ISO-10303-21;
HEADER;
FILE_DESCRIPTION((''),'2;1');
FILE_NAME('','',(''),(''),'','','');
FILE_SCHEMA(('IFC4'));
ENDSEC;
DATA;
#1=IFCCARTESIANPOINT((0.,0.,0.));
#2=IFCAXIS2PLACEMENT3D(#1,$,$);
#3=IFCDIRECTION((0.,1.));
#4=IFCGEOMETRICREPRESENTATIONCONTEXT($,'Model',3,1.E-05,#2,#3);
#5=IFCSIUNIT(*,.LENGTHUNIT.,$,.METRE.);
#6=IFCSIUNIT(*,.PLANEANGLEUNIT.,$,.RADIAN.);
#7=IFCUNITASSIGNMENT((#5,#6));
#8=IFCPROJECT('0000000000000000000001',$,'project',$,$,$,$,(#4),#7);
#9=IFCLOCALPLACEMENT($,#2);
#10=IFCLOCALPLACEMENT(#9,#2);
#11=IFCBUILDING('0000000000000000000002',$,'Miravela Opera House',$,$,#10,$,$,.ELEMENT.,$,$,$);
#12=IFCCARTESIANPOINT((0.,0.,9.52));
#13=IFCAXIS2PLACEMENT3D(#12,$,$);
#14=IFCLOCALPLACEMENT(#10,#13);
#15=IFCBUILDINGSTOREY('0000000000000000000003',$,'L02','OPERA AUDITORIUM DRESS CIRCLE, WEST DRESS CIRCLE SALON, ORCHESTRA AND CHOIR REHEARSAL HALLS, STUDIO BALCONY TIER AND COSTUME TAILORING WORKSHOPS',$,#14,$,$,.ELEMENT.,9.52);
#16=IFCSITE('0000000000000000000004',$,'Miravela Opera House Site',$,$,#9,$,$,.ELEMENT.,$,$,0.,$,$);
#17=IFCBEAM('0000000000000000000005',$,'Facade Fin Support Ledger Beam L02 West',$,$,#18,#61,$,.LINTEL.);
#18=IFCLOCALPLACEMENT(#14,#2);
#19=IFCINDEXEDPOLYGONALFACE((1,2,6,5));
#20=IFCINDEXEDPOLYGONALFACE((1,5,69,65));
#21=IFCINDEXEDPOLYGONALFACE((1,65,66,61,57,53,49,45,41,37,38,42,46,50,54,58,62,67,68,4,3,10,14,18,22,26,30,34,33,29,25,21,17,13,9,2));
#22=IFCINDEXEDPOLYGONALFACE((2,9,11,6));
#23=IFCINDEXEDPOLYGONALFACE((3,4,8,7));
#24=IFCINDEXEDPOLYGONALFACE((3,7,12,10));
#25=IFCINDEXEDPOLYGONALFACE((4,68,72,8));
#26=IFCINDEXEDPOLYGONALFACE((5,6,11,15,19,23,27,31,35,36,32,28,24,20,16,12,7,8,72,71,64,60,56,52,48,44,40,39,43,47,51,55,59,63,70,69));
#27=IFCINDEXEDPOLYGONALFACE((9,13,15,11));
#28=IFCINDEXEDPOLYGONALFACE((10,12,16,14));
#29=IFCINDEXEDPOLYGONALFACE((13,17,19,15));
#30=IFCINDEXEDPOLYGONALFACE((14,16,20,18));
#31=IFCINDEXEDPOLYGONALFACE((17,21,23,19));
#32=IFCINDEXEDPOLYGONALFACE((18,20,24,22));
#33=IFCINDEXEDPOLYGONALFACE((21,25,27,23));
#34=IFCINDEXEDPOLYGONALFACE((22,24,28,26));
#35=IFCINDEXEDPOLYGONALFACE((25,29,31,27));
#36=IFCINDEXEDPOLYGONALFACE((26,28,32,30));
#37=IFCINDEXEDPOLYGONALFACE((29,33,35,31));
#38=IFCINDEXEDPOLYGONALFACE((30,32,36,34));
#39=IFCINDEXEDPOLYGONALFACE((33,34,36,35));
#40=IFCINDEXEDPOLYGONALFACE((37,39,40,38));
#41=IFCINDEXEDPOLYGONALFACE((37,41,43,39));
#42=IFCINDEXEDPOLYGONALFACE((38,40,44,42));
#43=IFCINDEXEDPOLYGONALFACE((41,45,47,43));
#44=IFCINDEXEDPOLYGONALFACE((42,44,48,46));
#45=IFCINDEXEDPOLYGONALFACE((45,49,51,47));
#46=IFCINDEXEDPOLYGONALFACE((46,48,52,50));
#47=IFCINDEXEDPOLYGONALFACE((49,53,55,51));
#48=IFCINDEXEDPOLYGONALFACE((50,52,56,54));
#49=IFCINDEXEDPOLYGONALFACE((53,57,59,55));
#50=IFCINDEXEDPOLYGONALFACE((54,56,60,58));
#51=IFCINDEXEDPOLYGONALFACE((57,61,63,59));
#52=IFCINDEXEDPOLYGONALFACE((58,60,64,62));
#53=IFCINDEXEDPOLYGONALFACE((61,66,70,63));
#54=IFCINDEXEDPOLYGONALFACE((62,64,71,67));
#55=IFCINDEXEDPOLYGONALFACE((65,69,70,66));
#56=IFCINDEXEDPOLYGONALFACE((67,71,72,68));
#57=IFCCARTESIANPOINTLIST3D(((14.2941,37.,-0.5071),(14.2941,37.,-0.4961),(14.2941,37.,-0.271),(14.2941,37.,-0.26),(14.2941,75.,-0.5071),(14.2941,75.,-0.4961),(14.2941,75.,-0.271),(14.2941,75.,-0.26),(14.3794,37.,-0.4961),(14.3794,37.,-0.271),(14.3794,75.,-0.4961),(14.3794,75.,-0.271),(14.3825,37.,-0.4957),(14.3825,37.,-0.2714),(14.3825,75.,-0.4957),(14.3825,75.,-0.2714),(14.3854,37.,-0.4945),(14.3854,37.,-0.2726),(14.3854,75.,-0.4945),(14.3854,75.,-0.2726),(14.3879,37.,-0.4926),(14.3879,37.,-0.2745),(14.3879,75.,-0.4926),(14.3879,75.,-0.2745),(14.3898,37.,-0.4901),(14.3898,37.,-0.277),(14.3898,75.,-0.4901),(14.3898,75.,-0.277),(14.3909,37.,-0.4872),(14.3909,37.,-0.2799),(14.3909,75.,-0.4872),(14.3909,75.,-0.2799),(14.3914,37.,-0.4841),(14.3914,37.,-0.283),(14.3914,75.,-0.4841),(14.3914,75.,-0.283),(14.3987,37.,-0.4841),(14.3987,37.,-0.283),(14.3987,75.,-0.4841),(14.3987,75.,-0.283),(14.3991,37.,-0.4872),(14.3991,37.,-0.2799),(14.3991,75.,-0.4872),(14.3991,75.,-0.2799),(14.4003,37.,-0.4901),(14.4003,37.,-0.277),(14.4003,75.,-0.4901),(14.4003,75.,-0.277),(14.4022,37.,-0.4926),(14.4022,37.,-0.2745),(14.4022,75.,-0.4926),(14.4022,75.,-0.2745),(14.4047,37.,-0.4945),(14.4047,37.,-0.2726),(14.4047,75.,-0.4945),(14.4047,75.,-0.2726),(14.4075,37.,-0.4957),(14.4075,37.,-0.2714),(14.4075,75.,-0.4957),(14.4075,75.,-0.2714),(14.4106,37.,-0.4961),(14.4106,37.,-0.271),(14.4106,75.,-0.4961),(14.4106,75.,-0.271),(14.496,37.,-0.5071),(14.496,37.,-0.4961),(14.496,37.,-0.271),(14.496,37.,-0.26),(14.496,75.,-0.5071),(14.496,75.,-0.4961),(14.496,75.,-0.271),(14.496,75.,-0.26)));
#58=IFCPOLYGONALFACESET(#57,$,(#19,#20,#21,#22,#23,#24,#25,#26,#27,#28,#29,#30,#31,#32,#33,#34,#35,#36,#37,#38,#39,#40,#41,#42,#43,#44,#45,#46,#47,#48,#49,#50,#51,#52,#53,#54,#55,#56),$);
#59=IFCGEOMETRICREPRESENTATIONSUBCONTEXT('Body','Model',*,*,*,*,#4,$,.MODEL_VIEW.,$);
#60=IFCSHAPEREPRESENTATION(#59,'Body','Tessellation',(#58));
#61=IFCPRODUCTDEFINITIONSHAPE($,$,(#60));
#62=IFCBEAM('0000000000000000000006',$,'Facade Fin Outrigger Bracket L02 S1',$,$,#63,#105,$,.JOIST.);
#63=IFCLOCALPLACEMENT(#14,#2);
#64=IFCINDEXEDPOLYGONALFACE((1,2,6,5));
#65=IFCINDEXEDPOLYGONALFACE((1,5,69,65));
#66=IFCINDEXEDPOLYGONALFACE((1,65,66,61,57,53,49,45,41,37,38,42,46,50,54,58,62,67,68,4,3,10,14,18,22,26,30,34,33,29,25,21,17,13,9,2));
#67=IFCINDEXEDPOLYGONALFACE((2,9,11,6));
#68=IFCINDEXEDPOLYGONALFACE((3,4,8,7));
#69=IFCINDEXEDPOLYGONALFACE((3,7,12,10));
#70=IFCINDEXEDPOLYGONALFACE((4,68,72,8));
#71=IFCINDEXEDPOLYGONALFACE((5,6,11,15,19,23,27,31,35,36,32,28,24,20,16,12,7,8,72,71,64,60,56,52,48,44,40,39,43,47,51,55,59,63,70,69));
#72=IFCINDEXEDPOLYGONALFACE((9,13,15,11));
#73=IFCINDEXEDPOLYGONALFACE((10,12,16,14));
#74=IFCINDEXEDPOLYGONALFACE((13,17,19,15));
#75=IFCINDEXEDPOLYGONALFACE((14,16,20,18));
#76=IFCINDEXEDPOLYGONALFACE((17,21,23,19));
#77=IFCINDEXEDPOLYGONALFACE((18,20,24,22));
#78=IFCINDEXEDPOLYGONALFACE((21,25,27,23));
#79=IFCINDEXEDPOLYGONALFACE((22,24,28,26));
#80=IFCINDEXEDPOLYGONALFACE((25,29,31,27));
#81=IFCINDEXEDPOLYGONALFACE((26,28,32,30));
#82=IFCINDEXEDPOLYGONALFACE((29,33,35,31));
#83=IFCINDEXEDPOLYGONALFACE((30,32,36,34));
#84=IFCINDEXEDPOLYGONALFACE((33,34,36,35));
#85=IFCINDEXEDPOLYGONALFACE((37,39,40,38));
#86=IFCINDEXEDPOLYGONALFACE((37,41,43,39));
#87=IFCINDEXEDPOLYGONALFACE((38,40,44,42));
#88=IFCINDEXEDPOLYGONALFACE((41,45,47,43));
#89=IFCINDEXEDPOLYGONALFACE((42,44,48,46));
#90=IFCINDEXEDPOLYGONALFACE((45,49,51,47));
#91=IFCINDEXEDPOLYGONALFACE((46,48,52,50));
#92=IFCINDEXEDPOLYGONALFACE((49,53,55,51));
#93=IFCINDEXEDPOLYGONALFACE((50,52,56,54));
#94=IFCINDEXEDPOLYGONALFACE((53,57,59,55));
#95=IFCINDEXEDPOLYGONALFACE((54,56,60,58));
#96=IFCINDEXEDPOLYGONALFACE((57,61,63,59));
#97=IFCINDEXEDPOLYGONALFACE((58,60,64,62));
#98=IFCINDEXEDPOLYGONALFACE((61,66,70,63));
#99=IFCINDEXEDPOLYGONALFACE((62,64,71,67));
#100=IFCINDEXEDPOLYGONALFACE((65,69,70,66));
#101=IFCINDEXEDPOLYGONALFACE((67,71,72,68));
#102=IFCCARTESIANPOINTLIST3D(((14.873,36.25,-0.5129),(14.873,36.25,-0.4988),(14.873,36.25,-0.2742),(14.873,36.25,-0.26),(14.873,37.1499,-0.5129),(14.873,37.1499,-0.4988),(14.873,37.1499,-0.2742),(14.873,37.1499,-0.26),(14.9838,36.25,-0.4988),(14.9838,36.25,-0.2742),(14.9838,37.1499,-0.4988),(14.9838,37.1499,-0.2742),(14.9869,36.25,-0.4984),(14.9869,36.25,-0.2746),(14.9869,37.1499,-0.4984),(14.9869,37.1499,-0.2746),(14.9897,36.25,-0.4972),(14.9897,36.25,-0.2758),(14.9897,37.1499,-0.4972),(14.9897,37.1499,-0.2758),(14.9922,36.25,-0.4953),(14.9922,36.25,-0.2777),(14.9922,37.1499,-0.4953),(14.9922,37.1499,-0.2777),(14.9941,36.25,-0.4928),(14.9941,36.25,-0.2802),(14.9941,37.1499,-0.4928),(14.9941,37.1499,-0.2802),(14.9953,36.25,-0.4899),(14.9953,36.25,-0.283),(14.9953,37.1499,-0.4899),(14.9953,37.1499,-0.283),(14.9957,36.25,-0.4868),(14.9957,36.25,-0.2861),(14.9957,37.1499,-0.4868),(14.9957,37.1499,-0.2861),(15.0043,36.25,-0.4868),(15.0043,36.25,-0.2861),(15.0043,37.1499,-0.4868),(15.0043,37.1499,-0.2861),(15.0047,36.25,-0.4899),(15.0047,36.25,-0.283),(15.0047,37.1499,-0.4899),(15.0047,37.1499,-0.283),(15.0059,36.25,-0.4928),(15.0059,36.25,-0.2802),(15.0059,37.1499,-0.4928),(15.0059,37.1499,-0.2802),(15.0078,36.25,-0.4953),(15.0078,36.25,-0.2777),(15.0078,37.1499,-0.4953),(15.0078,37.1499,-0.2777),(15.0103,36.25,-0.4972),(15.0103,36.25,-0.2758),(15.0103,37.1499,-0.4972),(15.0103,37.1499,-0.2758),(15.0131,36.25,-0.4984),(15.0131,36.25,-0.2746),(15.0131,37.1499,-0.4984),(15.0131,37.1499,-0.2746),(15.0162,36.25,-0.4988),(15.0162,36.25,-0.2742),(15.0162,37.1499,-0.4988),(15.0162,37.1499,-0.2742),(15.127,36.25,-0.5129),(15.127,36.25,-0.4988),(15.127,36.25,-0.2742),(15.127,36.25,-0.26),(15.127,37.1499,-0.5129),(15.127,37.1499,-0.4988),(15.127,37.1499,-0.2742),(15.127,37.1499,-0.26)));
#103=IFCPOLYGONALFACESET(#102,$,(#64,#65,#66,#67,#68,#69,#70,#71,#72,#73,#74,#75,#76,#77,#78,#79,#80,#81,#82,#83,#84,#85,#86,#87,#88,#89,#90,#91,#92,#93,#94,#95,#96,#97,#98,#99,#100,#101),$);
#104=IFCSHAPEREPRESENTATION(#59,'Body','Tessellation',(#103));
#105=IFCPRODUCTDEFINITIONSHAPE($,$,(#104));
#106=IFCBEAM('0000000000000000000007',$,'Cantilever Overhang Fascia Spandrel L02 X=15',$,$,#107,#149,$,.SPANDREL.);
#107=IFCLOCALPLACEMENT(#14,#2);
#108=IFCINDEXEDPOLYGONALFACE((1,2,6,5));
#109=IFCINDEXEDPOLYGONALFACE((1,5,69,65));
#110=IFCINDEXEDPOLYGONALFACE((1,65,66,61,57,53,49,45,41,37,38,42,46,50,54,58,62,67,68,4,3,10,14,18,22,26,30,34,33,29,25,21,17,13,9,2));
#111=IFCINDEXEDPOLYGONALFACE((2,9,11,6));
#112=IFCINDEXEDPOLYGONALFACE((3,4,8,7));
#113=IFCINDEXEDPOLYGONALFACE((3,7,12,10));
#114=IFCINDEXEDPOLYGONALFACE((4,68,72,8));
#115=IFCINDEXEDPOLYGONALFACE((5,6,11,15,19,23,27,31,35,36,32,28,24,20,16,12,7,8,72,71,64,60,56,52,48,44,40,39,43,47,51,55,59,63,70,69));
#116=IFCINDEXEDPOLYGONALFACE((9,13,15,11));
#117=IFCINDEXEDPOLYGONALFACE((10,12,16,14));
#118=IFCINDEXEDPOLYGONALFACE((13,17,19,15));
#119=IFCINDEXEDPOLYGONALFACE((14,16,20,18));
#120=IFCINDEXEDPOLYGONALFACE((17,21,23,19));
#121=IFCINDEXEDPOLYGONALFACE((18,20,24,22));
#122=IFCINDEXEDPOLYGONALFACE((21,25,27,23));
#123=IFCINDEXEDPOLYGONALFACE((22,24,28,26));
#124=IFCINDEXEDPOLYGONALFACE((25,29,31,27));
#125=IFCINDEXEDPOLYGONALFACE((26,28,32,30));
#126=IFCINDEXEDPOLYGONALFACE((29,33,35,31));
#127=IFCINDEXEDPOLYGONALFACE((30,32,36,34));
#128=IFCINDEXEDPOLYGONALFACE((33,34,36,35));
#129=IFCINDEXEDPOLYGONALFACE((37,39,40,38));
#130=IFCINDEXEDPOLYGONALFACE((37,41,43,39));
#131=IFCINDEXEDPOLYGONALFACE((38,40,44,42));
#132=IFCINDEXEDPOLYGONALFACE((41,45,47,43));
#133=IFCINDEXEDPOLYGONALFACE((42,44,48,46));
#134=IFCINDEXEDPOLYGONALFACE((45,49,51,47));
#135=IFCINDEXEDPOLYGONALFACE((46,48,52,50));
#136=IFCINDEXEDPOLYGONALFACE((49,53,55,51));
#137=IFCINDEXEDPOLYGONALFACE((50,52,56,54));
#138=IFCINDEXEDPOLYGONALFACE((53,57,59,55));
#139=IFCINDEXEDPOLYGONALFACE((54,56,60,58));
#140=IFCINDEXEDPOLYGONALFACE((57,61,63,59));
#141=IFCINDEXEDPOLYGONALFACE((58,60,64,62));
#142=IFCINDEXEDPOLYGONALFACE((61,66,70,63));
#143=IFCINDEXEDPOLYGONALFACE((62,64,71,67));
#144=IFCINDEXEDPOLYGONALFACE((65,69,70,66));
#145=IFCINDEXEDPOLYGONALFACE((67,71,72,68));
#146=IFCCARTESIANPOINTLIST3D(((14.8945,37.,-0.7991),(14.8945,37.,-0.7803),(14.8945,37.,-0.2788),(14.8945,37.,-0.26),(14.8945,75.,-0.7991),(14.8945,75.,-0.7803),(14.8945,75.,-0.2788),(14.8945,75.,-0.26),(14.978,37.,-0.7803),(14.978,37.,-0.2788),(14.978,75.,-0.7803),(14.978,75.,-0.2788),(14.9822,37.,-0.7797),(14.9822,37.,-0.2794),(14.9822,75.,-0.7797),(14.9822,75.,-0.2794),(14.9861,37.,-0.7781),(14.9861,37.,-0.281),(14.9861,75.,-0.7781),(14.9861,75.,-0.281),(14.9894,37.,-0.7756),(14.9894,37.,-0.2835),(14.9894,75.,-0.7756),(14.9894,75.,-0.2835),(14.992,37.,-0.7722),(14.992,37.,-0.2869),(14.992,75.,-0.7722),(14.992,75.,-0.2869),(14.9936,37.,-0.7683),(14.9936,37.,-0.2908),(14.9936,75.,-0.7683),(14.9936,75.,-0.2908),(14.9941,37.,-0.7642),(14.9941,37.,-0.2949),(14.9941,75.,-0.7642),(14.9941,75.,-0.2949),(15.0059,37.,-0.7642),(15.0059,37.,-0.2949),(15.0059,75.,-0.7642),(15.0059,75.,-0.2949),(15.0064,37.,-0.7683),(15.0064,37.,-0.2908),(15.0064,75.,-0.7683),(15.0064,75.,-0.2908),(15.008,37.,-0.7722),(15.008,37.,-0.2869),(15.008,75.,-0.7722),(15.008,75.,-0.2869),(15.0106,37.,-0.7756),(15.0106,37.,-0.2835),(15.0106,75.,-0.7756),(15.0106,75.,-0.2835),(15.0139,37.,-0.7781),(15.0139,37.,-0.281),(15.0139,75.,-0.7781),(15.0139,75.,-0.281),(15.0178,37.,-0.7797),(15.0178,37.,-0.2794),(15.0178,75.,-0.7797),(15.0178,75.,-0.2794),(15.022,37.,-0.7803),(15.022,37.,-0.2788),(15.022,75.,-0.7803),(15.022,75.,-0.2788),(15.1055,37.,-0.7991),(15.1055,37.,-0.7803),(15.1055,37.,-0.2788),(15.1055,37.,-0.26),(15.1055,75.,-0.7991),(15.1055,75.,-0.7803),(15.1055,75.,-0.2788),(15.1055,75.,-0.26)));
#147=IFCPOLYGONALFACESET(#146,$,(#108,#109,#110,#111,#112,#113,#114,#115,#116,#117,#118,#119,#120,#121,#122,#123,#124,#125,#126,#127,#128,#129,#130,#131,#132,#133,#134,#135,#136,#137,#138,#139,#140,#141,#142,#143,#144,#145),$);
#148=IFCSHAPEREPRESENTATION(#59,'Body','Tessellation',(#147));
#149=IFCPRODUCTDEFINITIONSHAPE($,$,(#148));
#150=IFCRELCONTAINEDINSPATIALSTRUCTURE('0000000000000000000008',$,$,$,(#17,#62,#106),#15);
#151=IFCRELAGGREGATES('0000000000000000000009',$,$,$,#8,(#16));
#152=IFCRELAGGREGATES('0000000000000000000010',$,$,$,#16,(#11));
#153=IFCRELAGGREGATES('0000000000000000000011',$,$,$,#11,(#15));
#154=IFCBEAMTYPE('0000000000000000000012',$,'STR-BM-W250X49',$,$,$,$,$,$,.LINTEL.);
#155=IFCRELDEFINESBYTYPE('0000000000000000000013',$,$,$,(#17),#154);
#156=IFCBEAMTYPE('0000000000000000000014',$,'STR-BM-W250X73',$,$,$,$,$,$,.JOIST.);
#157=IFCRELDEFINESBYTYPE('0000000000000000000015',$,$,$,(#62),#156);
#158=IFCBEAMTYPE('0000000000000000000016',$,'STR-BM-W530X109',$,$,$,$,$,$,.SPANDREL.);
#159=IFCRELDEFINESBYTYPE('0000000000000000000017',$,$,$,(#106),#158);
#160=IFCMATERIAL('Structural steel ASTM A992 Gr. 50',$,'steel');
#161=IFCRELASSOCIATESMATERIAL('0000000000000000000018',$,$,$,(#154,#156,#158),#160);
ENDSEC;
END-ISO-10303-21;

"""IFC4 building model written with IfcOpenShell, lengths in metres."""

from ifc_helpers import new_model, si_unit, direction, frame, origin, origin_2d, place, context, subcontext, project, spatial, i_section, extrude, material, material_profile, profile_set, type_object, element, save


model = new_model("IFC4")

# Units and contexts
model_context = context("Model", 3, precision=1e-05, world=origin(), true_north=direction((0.0, 1.0)))
body_context = subcontext(model_context, "Body", "Model", "MODEL_VIEW")
ifc_project = project(units=[si_unit("LENGTHUNIT", "METRE"), si_unit("PLANEANGLEUNIT", "RADIAN")], contexts=[model_context])

# Site, building, storey
site_placement = place(None, origin())
site = spatial("IfcSite", under=ifc_project, at=site_placement, Name="Miravela Opera House Site", CompositionType="ELEMENT", RefElevation=0.0)
building_placement = place(site_placement, origin())
building = spatial("IfcBuilding", under=site, at=building_placement, Name="Miravela Opera House", CompositionType="ELEMENT")
storey_placement = place(building_placement, frame((0.0, 0.0, 9.52)))
storey = spatial("IfcBuildingStorey", under=building, at=storey_placement, Name="L02", Description="OPERA AUDITORIUM DRESS CIRCLE, WEST DRESS CIRCLE SALON, ORCHESTRA AND CHOIR REHEARSAL HALLS, STUDIO BALCONY TIER AND COSTUME TAILORING WORKSHOPS", CompositionType="ELEMENT", Elevation=9.52)

# Beams
ifc_material_1 = material(Name="Structural steel ASTM A992 Gr. 50", Category="steel")
ifc_material_profile_1 = material_profile(ifc_material_1, i_section(OverallWidth=0.2019, OverallDepth=0.2471, WebThickness=0.0073, FlangeThickness=0.011, FilletRadius=0.012, at=origin_2d()), Name="W250X49")
ifc_profile_set_1 = profile_set([ifc_material_profile_1])
beam_type_1 = type_object("IfcBeamType", Name="STR-BM-W250X49", PredefinedType="LINTEL", material=ifc_profile_set_1)
beam_1_placement = place(storey_placement, frame((14.395, 37.0, -0.3835), z_axis=(0.0, 1.0, 0.0), x_axis=(-1.0, 0.0, 0.0)))
element("IfcBeam", 1, at=beam_1_placement, inside=storey, type_object=beam_type_1, Name="Facade Fin Support Ledger Beam L02 West", PredefinedType="LINTEL", context=body_context, shape_type="SweptSolid", body=[
    extrude(i_section(OverallWidth=0.2019, OverallDepth=0.2471, WebThickness=0.0073, FlangeThickness=0.011, FilletRadius=0.012, at=origin_2d()), origin(), (0.0, 0.0, 1.0), 38.0),
])
ifc_material_profile_2 = material_profile(ifc_material_1, i_section(OverallWidth=0.2539, OverallDepth=0.2529, WebThickness=0.0085, FlangeThickness=0.0142, FilletRadius=0.012, at=origin_2d()), Name="W250X73")
ifc_profile_set_2 = profile_set([ifc_material_profile_2])
beam_type_2 = type_object("IfcBeamType", Name="STR-BM-W250X73", PredefinedType="JOIST", material=ifc_profile_set_2)
beam_2_placement = place(storey_placement, frame((15.0, 37.1499, -0.3865), z_axis=(0.0, -1.0, 0.0), x_axis=(1.0, 0.0, 0.0)))
element("IfcBeam", 2, at=beam_2_placement, inside=storey, type_object=beam_type_2, Name="Facade Fin Outrigger Bracket L02 S1", PredefinedType="JOIST", context=body_context, shape_type="SweptSolid", body=[
    extrude(i_section(OverallWidth=0.2539, OverallDepth=0.2529, WebThickness=0.0085, FlangeThickness=0.0142, FilletRadius=0.012, at=origin_2d()), origin(), (0.0, 0.0, 1.0), 0.8999),
])
ifc_material_profile_3 = material_profile(ifc_material_1, i_section(OverallWidth=0.2109, OverallDepth=0.5391, WebThickness=0.0117, FlangeThickness=0.0188, FilletRadius=0.0161, at=origin_2d()), Name="W530X109")
ifc_profile_set_3 = profile_set([ifc_material_profile_3])
beam_type_3 = type_object("IfcBeamType", Name="STR-BM-W530X109", PredefinedType="SPANDREL", material=ifc_profile_set_3)
beam_3_placement = place(storey_placement, frame((15.0, 37.0, -0.5295), z_axis=(0.0, 1.0, 0.0), x_axis=(-1.0, 0.0, 0.0)))
element("IfcBeam", 3, at=beam_3_placement, inside=storey, type_object=beam_type_3, Name="Cantilever Overhang Fascia Spandrel L02 X=15", PredefinedType="SPANDREL", context=body_context, shape_type="SweptSolid", body=[
    extrude(i_section(OverallWidth=0.2109, OverallDepth=0.5391, WebThickness=0.0117, FlangeThickness=0.0188, FilletRadius=0.0161, at=origin_2d()), origin(), (0.0, 0.0, 1.0), 38.0),
])

save(model, "model.ifc")
